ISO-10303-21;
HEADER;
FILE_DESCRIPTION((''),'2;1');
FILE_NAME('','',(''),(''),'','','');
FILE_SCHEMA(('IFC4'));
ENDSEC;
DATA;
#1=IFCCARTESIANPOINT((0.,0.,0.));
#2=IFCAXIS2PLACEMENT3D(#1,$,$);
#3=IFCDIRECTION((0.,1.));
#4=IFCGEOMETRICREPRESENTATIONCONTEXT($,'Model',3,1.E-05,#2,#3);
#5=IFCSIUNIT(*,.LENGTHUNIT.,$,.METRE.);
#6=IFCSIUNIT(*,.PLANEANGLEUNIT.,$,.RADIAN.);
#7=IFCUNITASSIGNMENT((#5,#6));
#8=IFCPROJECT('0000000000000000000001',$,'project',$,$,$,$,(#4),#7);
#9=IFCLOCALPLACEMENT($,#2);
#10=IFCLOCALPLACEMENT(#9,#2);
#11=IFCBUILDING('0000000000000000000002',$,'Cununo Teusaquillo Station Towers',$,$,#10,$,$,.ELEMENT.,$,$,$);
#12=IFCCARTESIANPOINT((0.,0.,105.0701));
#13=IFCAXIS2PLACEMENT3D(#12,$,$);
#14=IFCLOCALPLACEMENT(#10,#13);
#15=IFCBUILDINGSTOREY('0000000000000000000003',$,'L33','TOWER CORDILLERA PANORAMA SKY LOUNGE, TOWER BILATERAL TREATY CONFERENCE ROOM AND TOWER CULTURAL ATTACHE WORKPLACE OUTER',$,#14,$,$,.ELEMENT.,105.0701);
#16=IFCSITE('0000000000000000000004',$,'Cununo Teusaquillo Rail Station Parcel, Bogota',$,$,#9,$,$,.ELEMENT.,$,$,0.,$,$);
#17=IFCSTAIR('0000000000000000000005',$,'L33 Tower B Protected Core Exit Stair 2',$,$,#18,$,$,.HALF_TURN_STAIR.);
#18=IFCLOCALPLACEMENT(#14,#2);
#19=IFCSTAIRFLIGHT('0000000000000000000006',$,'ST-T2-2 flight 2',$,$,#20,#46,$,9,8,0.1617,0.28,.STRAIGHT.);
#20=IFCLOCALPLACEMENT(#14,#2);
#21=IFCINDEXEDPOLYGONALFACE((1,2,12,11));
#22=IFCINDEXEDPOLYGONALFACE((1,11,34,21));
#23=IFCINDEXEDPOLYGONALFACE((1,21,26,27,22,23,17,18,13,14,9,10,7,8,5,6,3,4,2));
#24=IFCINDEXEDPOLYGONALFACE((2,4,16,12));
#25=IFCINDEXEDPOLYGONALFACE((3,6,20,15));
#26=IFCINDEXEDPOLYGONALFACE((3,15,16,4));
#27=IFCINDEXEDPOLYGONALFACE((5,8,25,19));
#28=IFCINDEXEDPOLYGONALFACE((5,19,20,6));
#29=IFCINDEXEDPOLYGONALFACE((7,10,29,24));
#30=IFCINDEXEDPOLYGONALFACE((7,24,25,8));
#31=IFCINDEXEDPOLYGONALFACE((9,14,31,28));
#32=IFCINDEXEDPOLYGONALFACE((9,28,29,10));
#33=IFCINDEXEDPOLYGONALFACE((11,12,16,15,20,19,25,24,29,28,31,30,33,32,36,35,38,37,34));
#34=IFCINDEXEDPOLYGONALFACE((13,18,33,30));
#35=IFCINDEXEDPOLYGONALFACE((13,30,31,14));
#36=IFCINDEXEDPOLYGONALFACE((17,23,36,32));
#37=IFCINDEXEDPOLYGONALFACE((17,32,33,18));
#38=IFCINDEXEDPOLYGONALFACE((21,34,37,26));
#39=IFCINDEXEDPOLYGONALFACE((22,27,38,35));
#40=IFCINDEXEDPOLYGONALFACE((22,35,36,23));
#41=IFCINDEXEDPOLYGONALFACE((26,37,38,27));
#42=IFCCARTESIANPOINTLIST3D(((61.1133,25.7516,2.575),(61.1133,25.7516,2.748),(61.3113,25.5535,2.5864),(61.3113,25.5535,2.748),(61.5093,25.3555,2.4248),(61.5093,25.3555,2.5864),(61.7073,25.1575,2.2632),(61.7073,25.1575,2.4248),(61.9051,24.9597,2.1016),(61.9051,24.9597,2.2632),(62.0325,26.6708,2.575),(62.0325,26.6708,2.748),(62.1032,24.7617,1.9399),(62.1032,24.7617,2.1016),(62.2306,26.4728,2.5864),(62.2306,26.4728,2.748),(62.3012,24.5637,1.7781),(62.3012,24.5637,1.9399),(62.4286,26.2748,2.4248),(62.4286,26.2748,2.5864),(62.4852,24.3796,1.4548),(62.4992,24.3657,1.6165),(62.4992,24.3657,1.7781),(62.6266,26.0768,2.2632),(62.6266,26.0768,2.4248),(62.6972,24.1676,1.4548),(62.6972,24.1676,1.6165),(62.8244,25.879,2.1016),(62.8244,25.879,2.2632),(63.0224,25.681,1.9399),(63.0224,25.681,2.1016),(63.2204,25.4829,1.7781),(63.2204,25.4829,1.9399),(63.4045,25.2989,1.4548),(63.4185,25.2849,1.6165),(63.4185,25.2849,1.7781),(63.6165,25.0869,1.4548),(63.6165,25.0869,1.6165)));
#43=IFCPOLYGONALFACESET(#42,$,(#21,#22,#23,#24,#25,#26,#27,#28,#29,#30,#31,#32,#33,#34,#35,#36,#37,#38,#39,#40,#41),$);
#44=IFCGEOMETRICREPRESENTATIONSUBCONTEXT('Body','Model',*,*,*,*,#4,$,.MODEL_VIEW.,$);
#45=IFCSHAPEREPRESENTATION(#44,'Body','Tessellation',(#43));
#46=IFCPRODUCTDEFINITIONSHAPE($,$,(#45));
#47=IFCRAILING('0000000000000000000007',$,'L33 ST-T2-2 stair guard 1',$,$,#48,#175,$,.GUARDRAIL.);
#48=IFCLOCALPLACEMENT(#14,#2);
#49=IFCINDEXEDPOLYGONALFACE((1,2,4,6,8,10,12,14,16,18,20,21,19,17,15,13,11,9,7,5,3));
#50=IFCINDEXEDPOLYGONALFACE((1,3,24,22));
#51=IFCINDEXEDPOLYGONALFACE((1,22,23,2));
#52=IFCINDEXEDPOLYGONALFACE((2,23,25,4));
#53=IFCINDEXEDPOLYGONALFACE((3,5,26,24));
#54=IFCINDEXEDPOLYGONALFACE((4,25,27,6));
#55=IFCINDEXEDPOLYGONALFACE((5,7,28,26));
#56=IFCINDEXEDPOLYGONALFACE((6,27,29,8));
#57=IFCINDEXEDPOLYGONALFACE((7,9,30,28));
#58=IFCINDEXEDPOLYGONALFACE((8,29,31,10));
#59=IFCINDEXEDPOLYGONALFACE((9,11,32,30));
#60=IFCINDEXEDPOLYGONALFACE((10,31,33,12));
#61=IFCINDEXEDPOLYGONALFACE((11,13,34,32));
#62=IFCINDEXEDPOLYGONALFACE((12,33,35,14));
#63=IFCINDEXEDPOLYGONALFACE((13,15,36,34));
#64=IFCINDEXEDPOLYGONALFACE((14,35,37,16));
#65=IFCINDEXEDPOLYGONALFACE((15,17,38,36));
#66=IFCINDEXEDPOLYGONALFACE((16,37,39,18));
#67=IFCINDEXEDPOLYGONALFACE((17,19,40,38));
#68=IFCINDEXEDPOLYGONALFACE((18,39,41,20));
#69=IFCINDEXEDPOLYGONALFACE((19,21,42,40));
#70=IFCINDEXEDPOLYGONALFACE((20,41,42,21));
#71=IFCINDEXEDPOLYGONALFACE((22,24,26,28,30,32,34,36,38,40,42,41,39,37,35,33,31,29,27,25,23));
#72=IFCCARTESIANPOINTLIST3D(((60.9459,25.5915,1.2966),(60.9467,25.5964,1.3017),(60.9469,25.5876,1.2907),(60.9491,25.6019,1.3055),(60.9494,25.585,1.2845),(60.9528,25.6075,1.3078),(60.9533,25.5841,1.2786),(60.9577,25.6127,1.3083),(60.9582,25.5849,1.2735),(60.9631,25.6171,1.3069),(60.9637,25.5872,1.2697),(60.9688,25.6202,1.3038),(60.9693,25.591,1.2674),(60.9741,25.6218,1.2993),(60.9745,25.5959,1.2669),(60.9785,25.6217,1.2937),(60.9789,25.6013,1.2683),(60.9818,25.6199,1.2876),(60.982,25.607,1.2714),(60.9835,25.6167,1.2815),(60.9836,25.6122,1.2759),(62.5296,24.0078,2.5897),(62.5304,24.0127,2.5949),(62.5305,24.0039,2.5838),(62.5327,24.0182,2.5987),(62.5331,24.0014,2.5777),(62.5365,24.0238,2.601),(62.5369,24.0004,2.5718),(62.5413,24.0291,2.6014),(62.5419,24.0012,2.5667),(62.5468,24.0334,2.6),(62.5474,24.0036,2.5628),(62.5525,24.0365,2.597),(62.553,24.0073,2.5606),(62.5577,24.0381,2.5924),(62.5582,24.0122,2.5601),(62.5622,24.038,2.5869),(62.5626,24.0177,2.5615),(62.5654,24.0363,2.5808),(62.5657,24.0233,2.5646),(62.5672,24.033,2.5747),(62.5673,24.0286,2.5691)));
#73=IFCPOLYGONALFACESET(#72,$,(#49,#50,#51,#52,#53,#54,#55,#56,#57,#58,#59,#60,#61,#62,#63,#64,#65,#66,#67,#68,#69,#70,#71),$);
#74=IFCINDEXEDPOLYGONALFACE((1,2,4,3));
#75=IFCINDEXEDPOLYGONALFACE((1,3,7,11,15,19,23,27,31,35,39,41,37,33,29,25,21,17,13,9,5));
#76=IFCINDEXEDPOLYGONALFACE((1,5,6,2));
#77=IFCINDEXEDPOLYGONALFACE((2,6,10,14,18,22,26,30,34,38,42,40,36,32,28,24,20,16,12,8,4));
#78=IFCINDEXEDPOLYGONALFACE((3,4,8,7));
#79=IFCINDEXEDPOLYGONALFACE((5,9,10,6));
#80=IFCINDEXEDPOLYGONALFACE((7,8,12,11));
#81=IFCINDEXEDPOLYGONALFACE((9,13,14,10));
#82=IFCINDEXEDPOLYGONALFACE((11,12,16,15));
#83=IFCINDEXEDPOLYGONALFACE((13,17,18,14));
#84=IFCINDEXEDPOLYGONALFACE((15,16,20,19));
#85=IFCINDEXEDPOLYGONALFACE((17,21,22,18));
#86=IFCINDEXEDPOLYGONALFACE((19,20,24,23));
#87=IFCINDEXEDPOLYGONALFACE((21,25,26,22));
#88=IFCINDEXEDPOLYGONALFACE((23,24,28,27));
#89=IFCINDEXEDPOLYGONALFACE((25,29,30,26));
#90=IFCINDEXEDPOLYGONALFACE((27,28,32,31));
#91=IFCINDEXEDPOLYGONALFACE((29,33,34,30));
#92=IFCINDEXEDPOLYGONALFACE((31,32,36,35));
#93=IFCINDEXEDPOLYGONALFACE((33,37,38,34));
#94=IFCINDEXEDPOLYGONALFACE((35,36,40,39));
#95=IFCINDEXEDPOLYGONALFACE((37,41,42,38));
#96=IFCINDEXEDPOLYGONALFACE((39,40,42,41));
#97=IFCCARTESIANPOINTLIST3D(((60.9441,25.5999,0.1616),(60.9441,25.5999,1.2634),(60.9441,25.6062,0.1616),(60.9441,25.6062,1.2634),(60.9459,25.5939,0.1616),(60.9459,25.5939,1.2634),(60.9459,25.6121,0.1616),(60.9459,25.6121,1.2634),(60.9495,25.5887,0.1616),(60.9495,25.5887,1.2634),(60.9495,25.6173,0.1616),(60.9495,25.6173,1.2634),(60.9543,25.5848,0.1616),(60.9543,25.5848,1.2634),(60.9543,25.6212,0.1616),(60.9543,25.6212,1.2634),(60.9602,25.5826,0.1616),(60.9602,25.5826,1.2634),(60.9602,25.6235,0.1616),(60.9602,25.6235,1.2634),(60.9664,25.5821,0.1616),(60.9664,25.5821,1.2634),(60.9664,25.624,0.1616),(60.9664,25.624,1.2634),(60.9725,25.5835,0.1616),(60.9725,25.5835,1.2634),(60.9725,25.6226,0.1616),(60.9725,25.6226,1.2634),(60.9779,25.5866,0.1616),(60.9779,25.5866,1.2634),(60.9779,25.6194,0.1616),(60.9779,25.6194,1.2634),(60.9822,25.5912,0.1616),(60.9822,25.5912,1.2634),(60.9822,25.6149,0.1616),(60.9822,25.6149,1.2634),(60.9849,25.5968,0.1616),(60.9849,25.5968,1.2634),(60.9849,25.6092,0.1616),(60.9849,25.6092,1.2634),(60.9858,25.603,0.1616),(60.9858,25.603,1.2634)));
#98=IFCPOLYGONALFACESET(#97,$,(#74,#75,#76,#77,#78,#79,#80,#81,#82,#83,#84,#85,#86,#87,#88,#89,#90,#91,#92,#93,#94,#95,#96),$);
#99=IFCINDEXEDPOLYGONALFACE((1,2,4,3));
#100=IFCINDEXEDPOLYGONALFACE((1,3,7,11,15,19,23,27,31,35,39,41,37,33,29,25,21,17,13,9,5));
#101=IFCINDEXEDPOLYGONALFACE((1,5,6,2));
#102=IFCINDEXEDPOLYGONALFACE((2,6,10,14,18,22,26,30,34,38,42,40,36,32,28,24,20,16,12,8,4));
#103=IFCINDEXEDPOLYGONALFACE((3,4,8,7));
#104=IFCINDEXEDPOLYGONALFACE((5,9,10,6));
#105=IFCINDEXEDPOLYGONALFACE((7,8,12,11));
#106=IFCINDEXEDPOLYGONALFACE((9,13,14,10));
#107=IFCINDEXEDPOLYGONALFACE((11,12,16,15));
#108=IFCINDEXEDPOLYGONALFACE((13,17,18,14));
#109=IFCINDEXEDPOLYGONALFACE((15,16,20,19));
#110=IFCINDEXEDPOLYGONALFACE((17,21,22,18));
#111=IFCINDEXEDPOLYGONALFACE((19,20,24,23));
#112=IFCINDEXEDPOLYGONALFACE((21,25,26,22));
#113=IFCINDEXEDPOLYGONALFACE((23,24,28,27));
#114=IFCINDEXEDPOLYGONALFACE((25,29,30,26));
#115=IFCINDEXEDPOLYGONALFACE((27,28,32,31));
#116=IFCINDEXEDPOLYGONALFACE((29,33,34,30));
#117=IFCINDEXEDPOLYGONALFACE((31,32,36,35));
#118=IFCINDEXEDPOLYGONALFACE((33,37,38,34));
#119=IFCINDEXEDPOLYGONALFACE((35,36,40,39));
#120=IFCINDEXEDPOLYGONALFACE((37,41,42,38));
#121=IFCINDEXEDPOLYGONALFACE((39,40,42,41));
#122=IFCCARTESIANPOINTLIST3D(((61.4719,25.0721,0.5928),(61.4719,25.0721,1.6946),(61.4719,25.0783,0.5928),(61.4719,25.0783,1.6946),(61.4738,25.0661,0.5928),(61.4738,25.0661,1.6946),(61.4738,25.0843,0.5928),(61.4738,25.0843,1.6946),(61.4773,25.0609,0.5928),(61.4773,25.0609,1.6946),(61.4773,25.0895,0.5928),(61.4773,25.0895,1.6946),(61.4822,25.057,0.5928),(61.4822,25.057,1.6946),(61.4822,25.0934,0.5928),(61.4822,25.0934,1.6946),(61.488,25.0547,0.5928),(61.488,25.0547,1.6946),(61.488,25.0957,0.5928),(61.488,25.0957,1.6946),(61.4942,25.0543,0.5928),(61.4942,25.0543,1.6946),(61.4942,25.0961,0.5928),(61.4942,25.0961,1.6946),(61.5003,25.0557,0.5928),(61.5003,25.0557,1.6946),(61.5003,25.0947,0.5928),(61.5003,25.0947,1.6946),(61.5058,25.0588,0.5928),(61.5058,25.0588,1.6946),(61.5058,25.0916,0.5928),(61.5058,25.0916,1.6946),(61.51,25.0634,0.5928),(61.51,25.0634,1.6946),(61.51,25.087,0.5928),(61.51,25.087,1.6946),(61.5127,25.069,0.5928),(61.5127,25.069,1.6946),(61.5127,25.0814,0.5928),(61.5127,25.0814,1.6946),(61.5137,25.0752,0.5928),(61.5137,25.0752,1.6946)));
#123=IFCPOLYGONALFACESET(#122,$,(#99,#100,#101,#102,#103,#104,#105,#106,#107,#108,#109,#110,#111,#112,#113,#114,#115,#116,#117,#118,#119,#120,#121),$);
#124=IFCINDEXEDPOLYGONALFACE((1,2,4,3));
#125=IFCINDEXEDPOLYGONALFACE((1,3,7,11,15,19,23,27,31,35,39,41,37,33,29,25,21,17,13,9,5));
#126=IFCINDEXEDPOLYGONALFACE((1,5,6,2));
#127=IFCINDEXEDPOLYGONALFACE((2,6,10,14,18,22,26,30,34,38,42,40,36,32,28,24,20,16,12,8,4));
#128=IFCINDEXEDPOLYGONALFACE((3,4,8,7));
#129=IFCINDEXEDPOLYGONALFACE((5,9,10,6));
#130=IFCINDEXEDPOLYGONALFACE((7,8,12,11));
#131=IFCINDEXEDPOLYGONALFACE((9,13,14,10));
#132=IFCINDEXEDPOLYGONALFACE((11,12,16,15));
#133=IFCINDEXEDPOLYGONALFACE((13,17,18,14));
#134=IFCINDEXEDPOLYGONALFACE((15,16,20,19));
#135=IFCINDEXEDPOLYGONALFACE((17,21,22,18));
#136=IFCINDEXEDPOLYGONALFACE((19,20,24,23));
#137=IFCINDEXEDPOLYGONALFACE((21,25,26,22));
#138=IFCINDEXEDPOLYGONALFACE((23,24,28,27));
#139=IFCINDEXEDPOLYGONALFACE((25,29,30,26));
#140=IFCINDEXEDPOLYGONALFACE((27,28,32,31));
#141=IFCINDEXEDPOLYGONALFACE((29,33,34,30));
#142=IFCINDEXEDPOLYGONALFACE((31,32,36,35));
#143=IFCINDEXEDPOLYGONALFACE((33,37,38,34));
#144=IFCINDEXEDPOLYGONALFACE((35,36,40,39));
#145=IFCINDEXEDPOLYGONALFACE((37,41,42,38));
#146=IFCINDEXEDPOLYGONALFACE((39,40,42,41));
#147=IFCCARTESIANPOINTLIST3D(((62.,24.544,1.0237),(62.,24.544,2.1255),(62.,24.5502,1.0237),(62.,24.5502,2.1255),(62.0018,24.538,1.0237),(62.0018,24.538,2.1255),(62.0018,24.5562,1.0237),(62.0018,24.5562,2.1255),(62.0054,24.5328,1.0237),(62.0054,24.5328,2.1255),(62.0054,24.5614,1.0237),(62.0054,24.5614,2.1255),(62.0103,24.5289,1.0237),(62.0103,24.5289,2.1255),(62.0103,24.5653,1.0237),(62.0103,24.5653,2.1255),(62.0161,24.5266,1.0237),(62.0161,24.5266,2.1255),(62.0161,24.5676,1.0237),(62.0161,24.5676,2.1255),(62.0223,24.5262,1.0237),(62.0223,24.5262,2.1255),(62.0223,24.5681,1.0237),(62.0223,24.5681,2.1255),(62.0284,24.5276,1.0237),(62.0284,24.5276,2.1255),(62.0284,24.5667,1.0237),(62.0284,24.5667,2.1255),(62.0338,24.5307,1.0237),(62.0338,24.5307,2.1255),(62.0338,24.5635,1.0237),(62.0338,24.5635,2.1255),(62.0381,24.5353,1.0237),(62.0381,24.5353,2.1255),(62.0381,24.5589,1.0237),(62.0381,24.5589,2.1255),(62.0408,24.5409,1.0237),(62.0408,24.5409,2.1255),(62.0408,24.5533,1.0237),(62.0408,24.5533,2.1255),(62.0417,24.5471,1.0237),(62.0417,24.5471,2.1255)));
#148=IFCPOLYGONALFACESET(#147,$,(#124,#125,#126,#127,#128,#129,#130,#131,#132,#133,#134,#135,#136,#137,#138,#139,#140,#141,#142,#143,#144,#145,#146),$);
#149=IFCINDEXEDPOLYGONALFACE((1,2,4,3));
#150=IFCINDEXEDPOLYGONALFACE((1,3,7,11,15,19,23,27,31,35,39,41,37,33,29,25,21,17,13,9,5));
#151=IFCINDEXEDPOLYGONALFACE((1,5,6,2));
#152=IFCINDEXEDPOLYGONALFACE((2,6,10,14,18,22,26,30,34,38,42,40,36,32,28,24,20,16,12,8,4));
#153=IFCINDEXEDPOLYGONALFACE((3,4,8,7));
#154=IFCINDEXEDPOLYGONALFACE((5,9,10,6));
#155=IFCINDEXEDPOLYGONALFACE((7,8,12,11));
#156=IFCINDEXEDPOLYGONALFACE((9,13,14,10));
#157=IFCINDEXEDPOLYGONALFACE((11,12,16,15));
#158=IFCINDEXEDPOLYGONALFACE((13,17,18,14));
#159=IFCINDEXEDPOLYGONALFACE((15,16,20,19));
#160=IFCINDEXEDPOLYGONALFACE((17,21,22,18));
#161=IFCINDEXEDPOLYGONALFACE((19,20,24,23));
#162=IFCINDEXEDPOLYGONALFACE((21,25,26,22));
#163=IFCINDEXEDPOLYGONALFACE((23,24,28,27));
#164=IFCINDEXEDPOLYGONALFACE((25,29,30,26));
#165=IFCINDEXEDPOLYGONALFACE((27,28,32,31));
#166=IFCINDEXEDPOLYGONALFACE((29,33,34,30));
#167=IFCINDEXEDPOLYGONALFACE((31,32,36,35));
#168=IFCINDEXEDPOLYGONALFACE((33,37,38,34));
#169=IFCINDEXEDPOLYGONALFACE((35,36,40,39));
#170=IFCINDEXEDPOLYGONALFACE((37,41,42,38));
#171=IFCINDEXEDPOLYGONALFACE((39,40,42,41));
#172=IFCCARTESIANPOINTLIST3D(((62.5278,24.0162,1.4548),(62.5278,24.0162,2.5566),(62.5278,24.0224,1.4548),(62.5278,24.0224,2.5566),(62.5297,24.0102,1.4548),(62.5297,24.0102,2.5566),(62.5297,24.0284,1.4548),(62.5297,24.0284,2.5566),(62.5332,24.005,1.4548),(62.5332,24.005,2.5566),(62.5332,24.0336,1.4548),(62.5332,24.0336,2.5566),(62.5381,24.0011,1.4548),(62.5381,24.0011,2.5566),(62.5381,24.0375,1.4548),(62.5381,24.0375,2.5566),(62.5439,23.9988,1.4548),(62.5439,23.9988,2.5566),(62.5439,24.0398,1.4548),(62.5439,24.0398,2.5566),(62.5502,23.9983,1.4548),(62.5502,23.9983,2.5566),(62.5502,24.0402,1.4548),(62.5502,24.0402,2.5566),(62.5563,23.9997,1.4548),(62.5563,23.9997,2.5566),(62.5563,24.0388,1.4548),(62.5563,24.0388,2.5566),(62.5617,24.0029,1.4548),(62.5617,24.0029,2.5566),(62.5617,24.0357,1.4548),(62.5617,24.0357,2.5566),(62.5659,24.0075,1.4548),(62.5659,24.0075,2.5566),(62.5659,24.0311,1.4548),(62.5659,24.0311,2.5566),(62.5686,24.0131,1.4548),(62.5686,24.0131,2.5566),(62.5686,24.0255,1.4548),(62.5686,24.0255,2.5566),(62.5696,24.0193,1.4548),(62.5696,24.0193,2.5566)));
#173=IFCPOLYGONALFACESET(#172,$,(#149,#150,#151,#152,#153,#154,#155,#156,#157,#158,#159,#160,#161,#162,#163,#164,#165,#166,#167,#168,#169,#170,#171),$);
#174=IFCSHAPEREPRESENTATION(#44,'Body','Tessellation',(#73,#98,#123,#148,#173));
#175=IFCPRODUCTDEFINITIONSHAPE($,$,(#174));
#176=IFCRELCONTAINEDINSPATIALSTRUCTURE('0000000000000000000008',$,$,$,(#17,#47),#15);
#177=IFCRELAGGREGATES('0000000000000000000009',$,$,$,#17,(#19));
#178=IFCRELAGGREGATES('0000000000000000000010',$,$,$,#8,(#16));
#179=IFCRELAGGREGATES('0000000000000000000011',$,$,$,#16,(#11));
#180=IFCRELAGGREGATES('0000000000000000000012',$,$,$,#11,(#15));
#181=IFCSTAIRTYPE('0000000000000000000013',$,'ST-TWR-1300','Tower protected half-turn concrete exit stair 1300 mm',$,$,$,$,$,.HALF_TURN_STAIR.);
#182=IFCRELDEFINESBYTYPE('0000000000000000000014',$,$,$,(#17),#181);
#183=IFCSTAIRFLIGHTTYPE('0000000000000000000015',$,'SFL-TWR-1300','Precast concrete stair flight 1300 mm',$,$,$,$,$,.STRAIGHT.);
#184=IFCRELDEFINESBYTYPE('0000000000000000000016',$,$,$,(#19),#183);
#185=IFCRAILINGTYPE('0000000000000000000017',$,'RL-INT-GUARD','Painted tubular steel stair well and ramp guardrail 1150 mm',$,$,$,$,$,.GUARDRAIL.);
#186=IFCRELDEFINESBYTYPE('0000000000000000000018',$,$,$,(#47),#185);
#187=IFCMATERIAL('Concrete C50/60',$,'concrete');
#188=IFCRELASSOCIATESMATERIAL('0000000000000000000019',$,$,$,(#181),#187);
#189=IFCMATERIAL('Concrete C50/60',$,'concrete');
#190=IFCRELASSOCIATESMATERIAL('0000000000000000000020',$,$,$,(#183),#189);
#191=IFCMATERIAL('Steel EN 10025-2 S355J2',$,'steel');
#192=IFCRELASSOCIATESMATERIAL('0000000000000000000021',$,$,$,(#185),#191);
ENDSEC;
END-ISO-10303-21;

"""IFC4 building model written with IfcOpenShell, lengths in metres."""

from ifc_helpers import new_model, si_unit, direction, frame, origin, origin_2d, place, context, subcontext, project, spatial, polyline, circle, outline, extrude, material, type_object, element, aggregate, save


model = new_model("IFC4")

# Units and contexts
model_context = context("Model", 3, precision=1e-05, world=origin(), true_north=direction((0.0, 1.0)))
body_context = subcontext(model_context, "Body", "Model", "MODEL_VIEW")
ifc_project = project(units=[si_unit("LENGTHUNIT", "METRE"), si_unit("PLANEANGLEUNIT", "RADIAN")], contexts=[model_context])

# Site, building, storey
site_placement = place(None, origin())
site = spatial("IfcSite", under=ifc_project, at=site_placement, Name="Cununo Teusaquillo Rail Station Parcel, Bogota", CompositionType="ELEMENT", RefElevation=0.0)
building_placement = place(site_placement, origin())
building = spatial("IfcBuilding", under=site, at=building_placement, Name="Cununo Teusaquillo Station Towers", CompositionType="ELEMENT")
storey_placement = place(building_placement, frame((0.0, 0.0, 105.0701)))
storey = spatial("IfcBuildingStorey", under=building, at=storey_placement, Name="L33", Description="TOWER CORDILLERA PANORAMA SKY LOUNGE, TOWER BILATERAL TREATY CONFERENCE ROOM AND TOWER CULTURAL ATTACHE WORKPLACE OUTER", CompositionType="ELEMENT", Elevation=105.0701)

# Stair, stair flight
ifc_material_1 = material(Name="Concrete C50/60", Category="concrete")
stair_type = type_object("IfcStairType", Name="ST-TWR-1300", Description="Tower protected half-turn concrete exit stair 1300 mm", PredefinedType="HALF_TURN_STAIR", material=ifc_material_1)
stair_placement = place(storey_placement, origin())
stair = element("IfcStair", 1, at=stair_placement, inside=storey, type_object=stair_type, Name="L33 Tower B Protected Core Exit Stair 2", PredefinedType="HALF_TURN_STAIR")
ifc_material_2 = material(Name="Concrete C50/60", Category="concrete")
stair_flight_type = type_object("IfcStairFlightType", Name="SFL-TWR-1300", Description="Precast concrete stair flight 1300 mm", PredefinedType="STRAIGHT", material=ifc_material_2)
stair_flight_1_placement = place(storey_placement, frame((63.1567, 24.6272, 1.4548), z_axis=(0.0, 0.0, 1.0), x_axis=(-0.707107, 0.707107, 0.0)))
stair_flight_1 = element("IfcStairFlight", 2, at=stair_flight_1_placement, type_object=stair_flight_type, Name="ST-T2-2 flight 2", NumberOfRisers=9, NumberOfTreads=8, PredefinedType="STRAIGHT", RiserHeight=0.1617, TreadLength=0.28, context=body_context, shape_type="SweptSolid", body=[
    extrude(outline(polyline([(0.0, 0.0), (0.0, 0.1616), (0.28, 0.1616), (0.28, 0.3232), (0.5601, 0.3232), (0.5601, 0.4851), (0.8401, 0.4851), (0.8401, 0.6467), (1.1201, 0.6467), (1.1201, 0.8083), (1.3999, 0.8083), (1.3999, 0.97), (1.6799, 0.97), (1.6799, 1.1316), (1.96, 1.1316), (1.96, 1.2932), (2.24, 1.2932), (2.24, 1.4551), (2.24, 1.1201), (0.2998, 0.0), (0.0, 0.0)])), frame((0.0, 0.6499, 0.0), z_axis=(0.0, -1.0, 0.0), x_axis=(1.0, 0.0, 0.0)), (0.0, 0.0, 1.0), 1.3),
])
aggregate(stair, [stair_flight_1])

# Railing
ifc_material_3 = material(Name="Steel EN 10025-2 S355J2", Category="steel")
railing_type_1 = type_object("IfcRailingType", Name="RL-INT-GUARD", Description="Painted tubular steel stair well and ramp guardrail 1150 mm", PredefinedType="GUARDRAIL", material=ifc_material_3)
railing_1_placement = place(storey_placement, frame((60.9648, 25.603, 0.1616)))
element("IfcRailing", 3, at=railing_1_placement, inside=storey, type_object=railing_type_1, Name="L33 ST-T2-2 stair guard 1", PredefinedType="GUARDRAIL", context=body_context, shape_type="SweptSolid", body=[
    extrude(circle(Radius=0.0239, at=origin_2d()), frame((0.0, 0.0, 1.126), z_axis=(0.612361, -0.612361, 0.500027), x_axis=(0.707107, 0.707107, 0.0)), (0.0, 0.0, 1.0), 2.5862),
    extrude(circle(Radius=0.021, at=origin_2d()), origin(), (0.0, 0.0, 1.0), 1.1018),
    extrude(circle(Radius=0.021, at=origin_2d()), frame((0.5278, -0.5278, 0.4312)), (0.0, 0.0, 1.0), 1.1018),
    extrude(circle(Radius=0.021, at=origin_2d()), frame((1.0559, -1.0559, 0.8621)), (0.0, 0.0, 1.0), 1.1018),
    extrude(circle(Radius=0.021, at=origin_2d()), frame((1.5837, -1.5837, 1.2932)), (0.0, 0.0, 1.0), 1.1018),
])

save(model, "model.ifc")
